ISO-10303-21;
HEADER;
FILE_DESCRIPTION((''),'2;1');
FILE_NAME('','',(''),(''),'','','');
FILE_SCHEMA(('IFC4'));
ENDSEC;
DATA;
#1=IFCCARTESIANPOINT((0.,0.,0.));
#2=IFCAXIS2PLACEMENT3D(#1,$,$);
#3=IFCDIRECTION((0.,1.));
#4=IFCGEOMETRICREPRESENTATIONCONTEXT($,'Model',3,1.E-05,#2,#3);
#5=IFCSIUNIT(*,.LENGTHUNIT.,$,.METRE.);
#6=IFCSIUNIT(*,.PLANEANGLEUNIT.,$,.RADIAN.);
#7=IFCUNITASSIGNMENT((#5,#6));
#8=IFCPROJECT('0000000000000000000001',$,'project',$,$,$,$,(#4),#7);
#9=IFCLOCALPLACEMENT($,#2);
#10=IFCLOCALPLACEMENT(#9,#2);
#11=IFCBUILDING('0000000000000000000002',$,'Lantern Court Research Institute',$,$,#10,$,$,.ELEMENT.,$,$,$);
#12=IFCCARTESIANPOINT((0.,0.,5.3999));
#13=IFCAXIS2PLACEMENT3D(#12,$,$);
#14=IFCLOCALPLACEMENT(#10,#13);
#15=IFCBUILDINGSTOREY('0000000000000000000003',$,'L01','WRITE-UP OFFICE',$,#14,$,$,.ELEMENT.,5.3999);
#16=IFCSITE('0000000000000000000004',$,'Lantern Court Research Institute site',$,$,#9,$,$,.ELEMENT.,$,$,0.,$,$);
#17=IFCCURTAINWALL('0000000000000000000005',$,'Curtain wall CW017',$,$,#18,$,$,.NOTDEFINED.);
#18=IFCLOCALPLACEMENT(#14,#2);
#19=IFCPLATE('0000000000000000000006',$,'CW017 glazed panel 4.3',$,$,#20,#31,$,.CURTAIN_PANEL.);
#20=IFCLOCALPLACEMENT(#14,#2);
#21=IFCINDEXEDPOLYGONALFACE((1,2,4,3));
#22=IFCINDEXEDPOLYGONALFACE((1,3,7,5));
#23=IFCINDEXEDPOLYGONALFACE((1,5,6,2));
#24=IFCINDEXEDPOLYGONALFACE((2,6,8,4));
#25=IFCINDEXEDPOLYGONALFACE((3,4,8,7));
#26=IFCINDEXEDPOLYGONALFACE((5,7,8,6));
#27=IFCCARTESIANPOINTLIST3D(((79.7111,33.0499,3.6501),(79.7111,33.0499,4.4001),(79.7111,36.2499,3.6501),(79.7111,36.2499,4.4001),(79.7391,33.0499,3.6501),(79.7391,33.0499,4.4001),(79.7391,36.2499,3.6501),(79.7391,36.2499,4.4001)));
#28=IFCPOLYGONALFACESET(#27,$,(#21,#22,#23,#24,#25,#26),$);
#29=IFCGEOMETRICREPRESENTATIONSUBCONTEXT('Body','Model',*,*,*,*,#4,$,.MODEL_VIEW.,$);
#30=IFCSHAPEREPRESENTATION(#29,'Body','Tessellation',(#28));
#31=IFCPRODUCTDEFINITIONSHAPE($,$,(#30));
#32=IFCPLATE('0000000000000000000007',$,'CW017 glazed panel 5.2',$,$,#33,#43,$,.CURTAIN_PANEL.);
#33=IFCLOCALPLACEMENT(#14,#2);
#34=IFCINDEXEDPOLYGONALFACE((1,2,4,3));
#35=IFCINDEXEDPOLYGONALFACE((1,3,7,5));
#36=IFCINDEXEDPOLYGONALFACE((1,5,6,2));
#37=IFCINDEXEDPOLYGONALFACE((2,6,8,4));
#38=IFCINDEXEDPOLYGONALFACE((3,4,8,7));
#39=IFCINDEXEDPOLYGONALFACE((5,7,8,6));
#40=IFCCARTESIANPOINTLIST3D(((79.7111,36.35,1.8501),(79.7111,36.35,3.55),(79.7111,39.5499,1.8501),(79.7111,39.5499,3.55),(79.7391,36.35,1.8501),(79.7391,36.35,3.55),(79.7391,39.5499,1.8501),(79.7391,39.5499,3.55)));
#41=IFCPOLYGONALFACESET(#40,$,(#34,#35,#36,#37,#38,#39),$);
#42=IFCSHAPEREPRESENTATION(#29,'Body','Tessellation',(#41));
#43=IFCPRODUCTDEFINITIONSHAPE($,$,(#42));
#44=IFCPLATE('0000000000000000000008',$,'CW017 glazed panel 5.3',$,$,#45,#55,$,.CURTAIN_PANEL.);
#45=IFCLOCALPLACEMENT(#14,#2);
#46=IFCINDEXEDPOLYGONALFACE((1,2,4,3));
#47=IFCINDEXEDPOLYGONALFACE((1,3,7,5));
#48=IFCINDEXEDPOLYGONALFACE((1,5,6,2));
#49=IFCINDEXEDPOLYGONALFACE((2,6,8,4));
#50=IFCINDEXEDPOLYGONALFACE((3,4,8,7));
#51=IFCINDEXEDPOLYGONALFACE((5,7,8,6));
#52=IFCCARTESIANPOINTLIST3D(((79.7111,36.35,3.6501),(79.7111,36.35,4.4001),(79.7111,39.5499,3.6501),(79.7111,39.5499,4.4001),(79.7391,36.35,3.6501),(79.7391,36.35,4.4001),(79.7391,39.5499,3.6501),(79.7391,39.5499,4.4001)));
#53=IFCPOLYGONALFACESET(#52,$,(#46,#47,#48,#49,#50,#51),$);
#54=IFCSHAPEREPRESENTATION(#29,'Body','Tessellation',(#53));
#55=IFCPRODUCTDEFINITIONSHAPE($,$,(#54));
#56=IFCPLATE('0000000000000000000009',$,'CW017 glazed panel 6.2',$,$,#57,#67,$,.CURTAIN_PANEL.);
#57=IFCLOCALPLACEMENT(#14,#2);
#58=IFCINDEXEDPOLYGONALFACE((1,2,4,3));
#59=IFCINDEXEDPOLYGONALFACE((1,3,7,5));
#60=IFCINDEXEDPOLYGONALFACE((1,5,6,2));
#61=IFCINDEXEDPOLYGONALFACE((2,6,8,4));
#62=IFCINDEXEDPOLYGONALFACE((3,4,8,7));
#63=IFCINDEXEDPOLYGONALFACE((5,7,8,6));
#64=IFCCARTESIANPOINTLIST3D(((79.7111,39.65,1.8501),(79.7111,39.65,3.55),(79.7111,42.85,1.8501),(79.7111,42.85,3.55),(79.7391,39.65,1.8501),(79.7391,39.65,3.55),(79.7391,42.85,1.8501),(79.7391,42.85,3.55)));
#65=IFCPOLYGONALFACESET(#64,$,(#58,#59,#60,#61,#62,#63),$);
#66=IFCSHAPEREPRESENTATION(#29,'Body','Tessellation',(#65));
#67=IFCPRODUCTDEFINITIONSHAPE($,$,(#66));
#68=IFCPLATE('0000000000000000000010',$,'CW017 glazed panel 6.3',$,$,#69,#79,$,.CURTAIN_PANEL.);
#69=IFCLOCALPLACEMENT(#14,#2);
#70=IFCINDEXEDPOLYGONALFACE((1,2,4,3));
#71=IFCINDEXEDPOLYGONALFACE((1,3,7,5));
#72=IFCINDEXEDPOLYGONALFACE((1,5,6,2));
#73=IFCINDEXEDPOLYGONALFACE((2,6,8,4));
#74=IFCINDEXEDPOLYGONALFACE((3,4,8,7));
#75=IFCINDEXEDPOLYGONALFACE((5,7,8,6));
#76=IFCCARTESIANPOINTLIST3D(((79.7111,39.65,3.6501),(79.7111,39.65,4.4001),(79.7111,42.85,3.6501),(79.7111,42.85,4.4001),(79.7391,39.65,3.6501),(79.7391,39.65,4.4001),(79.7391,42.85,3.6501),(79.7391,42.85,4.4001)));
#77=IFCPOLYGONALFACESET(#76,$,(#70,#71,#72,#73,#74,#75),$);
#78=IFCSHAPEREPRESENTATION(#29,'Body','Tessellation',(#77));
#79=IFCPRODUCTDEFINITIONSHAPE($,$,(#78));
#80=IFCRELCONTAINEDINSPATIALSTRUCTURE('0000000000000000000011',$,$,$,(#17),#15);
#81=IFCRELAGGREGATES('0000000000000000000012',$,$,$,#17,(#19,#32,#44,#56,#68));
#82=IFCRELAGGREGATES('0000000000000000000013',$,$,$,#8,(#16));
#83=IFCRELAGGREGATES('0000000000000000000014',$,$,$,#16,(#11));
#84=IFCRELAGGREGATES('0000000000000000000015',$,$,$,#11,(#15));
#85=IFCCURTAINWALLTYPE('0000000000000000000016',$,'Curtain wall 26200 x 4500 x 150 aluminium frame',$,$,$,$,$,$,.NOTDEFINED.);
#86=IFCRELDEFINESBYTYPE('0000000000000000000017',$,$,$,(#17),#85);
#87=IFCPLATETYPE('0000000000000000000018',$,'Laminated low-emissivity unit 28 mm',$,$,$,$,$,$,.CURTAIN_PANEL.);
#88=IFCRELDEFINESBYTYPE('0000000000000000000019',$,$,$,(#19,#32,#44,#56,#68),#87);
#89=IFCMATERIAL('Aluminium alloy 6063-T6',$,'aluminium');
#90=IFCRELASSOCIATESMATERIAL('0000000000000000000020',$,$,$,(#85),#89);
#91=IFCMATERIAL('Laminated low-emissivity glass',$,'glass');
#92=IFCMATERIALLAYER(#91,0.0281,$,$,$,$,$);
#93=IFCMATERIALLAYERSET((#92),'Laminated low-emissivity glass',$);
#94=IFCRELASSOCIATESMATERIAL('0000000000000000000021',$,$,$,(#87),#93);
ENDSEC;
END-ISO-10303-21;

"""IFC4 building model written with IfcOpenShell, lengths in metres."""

from ifc_helpers import new_model, si_unit, direction, frame, origin, origin_2d, place, context, subcontext, project, spatial, rectangle, extrude, material, layer, layer_set, type_object, element, aggregate, save


model = new_model("IFC4")

# Units and contexts
model_context = context("Model", 3, precision=1e-05, world=origin(), true_north=direction((0.0, 1.0)))
body_context = subcontext(model_context, "Body", "Model", "MODEL_VIEW")
ifc_project = project(units=[si_unit("LENGTHUNIT", "METRE"), si_unit("PLANEANGLEUNIT", "RADIAN")], contexts=[model_context])

# Site, building, storey
site_placement = place(None, origin())
site = spatial("IfcSite", under=ifc_project, at=site_placement, Name="Lantern Court Research Institute site", CompositionType="ELEMENT", RefElevation=0.0)
building_placement = place(site_placement, origin())
building = spatial("IfcBuilding", under=site, at=building_placement, Name="Lantern Court Research Institute", CompositionType="ELEMENT")
storey_placement = place(building_placement, frame((0.0, 0.0, 5.3999)))
storey = spatial("IfcBuildingStorey", under=building, at=storey_placement, Name="L01", Description="WRITE-UP OFFICE", CompositionType="ELEMENT", Elevation=5.3999)

# Curtain wall, plates
ifc_material_1 = material(Name="Aluminium alloy 6063-T6", Category="aluminium")
curtain_wall_type = type_object("IfcCurtainWallType", Name="Curtain wall 26200 x 4500 x 150 aluminium frame", PredefinedType="NOTDEFINED", material=ifc_material_1)
curtain_wall_placement = place(storey_placement, origin())
curtain_wall = element("IfcCurtainWall", 1, at=curtain_wall_placement, inside=storey, type_object=curtain_wall_type, Name="Curtain wall CW017", PredefinedType="NOTDEFINED")
ifc_material_2 = material(Name="Laminated low-emissivity glass", Category="glass")
ifc_layer_1 = layer(ifc_material_2, 0.0281)
ifc_layer_set_1 = layer_set([ifc_layer_1], Name="Laminated low-emissivity glass")
plate_type_1 = type_object("IfcPlateType", Name="Laminated low-emissivity unit 28 mm", PredefinedType="CURTAIN_PANEL", material=ifc_layer_set_1)
plate_1_placement = place(storey_placement, frame((79.7251, 34.6499, 3.6501), z_axis=(0.0, 0.0, 1.0), x_axis=(0.0, -1.0, 0.0)))
plate_1 = element("IfcPlate", 2, at=plate_1_placement, type_object=plate_type_1, Name="CW017 glazed panel 4.3", PredefinedType="CURTAIN_PANEL", context=body_context, shape_type="SweptSolid", body=[
    extrude(rectangle(XDim=3.2, YDim=0.0281, at=origin_2d()), origin(), (0.0, 0.0, 1.0), 0.75),
])
plate_2_placement = place(storey_placement, frame((79.7251, 37.95, 1.8501), z_axis=(0.0, 0.0, 1.0), x_axis=(0.0, -1.0, 0.0)))
plate_2 = element("IfcPlate", 3, at=plate_2_placement, type_object=plate_type_1, Name="CW017 glazed panel 5.2", PredefinedType="CURTAIN_PANEL", context=body_context, shape_type="SweptSolid", body=[
    extrude(rectangle(XDim=3.2, YDim=0.0281, at=origin_2d()), origin(), (0.0, 0.0, 1.0), 1.7),
])
plate_3_placement = place(storey_placement, frame((79.7251, 37.95, 3.6501), z_axis=(0.0, 0.0, 1.0), x_axis=(0.0, -1.0, 0.0)))
plate_3 = element("IfcPlate", 4, at=plate_3_placement, type_object=plate_type_1, Name="CW017 glazed panel 5.3", PredefinedType="CURTAIN_PANEL", context=body_context, shape_type="SweptSolid", body=[
    extrude(rectangle(XDim=3.2, YDim=0.0281, at=origin_2d()), origin(), (0.0, 0.0, 1.0), 0.75),
])
plate_4_placement = place(storey_placement, frame((79.7251, 41.25, 1.8501), z_axis=(0.0, 0.0, 1.0), x_axis=(0.0, -1.0, 0.0)))
plate_4 = element("IfcPlate", 5, at=plate_4_placement, type_object=plate_type_1, Name="CW017 glazed panel 6.2", PredefinedType="CURTAIN_PANEL", context=body_context, shape_type="SweptSolid", body=[
    extrude(rectangle(XDim=3.2, YDim=0.0281, at=origin_2d()), origin(), (0.0, 0.0, 1.0), 1.7),
])
plate_5_placement = place(storey_placement, frame((79.7251, 41.25, 3.6501), z_axis=(0.0, 0.0, 1.0), x_axis=(0.0, -1.0, 0.0)))
plate_5 = element("IfcPlate", 6, at=plate_5_placement, type_object=plate_type_1, Name="CW017 glazed panel 6.3", PredefinedType="CURTAIN_PANEL", context=body_context, shape_type="SweptSolid", body=[
    extrude(rectangle(XDim=3.2, YDim=0.0281, at=origin_2d()), origin(), (0.0, 0.0, 1.0), 0.75),
])
aggregate(curtain_wall, [plate_1, plate_2, plate_3, plate_4, plate_5])

save(model, "model.ifc")
